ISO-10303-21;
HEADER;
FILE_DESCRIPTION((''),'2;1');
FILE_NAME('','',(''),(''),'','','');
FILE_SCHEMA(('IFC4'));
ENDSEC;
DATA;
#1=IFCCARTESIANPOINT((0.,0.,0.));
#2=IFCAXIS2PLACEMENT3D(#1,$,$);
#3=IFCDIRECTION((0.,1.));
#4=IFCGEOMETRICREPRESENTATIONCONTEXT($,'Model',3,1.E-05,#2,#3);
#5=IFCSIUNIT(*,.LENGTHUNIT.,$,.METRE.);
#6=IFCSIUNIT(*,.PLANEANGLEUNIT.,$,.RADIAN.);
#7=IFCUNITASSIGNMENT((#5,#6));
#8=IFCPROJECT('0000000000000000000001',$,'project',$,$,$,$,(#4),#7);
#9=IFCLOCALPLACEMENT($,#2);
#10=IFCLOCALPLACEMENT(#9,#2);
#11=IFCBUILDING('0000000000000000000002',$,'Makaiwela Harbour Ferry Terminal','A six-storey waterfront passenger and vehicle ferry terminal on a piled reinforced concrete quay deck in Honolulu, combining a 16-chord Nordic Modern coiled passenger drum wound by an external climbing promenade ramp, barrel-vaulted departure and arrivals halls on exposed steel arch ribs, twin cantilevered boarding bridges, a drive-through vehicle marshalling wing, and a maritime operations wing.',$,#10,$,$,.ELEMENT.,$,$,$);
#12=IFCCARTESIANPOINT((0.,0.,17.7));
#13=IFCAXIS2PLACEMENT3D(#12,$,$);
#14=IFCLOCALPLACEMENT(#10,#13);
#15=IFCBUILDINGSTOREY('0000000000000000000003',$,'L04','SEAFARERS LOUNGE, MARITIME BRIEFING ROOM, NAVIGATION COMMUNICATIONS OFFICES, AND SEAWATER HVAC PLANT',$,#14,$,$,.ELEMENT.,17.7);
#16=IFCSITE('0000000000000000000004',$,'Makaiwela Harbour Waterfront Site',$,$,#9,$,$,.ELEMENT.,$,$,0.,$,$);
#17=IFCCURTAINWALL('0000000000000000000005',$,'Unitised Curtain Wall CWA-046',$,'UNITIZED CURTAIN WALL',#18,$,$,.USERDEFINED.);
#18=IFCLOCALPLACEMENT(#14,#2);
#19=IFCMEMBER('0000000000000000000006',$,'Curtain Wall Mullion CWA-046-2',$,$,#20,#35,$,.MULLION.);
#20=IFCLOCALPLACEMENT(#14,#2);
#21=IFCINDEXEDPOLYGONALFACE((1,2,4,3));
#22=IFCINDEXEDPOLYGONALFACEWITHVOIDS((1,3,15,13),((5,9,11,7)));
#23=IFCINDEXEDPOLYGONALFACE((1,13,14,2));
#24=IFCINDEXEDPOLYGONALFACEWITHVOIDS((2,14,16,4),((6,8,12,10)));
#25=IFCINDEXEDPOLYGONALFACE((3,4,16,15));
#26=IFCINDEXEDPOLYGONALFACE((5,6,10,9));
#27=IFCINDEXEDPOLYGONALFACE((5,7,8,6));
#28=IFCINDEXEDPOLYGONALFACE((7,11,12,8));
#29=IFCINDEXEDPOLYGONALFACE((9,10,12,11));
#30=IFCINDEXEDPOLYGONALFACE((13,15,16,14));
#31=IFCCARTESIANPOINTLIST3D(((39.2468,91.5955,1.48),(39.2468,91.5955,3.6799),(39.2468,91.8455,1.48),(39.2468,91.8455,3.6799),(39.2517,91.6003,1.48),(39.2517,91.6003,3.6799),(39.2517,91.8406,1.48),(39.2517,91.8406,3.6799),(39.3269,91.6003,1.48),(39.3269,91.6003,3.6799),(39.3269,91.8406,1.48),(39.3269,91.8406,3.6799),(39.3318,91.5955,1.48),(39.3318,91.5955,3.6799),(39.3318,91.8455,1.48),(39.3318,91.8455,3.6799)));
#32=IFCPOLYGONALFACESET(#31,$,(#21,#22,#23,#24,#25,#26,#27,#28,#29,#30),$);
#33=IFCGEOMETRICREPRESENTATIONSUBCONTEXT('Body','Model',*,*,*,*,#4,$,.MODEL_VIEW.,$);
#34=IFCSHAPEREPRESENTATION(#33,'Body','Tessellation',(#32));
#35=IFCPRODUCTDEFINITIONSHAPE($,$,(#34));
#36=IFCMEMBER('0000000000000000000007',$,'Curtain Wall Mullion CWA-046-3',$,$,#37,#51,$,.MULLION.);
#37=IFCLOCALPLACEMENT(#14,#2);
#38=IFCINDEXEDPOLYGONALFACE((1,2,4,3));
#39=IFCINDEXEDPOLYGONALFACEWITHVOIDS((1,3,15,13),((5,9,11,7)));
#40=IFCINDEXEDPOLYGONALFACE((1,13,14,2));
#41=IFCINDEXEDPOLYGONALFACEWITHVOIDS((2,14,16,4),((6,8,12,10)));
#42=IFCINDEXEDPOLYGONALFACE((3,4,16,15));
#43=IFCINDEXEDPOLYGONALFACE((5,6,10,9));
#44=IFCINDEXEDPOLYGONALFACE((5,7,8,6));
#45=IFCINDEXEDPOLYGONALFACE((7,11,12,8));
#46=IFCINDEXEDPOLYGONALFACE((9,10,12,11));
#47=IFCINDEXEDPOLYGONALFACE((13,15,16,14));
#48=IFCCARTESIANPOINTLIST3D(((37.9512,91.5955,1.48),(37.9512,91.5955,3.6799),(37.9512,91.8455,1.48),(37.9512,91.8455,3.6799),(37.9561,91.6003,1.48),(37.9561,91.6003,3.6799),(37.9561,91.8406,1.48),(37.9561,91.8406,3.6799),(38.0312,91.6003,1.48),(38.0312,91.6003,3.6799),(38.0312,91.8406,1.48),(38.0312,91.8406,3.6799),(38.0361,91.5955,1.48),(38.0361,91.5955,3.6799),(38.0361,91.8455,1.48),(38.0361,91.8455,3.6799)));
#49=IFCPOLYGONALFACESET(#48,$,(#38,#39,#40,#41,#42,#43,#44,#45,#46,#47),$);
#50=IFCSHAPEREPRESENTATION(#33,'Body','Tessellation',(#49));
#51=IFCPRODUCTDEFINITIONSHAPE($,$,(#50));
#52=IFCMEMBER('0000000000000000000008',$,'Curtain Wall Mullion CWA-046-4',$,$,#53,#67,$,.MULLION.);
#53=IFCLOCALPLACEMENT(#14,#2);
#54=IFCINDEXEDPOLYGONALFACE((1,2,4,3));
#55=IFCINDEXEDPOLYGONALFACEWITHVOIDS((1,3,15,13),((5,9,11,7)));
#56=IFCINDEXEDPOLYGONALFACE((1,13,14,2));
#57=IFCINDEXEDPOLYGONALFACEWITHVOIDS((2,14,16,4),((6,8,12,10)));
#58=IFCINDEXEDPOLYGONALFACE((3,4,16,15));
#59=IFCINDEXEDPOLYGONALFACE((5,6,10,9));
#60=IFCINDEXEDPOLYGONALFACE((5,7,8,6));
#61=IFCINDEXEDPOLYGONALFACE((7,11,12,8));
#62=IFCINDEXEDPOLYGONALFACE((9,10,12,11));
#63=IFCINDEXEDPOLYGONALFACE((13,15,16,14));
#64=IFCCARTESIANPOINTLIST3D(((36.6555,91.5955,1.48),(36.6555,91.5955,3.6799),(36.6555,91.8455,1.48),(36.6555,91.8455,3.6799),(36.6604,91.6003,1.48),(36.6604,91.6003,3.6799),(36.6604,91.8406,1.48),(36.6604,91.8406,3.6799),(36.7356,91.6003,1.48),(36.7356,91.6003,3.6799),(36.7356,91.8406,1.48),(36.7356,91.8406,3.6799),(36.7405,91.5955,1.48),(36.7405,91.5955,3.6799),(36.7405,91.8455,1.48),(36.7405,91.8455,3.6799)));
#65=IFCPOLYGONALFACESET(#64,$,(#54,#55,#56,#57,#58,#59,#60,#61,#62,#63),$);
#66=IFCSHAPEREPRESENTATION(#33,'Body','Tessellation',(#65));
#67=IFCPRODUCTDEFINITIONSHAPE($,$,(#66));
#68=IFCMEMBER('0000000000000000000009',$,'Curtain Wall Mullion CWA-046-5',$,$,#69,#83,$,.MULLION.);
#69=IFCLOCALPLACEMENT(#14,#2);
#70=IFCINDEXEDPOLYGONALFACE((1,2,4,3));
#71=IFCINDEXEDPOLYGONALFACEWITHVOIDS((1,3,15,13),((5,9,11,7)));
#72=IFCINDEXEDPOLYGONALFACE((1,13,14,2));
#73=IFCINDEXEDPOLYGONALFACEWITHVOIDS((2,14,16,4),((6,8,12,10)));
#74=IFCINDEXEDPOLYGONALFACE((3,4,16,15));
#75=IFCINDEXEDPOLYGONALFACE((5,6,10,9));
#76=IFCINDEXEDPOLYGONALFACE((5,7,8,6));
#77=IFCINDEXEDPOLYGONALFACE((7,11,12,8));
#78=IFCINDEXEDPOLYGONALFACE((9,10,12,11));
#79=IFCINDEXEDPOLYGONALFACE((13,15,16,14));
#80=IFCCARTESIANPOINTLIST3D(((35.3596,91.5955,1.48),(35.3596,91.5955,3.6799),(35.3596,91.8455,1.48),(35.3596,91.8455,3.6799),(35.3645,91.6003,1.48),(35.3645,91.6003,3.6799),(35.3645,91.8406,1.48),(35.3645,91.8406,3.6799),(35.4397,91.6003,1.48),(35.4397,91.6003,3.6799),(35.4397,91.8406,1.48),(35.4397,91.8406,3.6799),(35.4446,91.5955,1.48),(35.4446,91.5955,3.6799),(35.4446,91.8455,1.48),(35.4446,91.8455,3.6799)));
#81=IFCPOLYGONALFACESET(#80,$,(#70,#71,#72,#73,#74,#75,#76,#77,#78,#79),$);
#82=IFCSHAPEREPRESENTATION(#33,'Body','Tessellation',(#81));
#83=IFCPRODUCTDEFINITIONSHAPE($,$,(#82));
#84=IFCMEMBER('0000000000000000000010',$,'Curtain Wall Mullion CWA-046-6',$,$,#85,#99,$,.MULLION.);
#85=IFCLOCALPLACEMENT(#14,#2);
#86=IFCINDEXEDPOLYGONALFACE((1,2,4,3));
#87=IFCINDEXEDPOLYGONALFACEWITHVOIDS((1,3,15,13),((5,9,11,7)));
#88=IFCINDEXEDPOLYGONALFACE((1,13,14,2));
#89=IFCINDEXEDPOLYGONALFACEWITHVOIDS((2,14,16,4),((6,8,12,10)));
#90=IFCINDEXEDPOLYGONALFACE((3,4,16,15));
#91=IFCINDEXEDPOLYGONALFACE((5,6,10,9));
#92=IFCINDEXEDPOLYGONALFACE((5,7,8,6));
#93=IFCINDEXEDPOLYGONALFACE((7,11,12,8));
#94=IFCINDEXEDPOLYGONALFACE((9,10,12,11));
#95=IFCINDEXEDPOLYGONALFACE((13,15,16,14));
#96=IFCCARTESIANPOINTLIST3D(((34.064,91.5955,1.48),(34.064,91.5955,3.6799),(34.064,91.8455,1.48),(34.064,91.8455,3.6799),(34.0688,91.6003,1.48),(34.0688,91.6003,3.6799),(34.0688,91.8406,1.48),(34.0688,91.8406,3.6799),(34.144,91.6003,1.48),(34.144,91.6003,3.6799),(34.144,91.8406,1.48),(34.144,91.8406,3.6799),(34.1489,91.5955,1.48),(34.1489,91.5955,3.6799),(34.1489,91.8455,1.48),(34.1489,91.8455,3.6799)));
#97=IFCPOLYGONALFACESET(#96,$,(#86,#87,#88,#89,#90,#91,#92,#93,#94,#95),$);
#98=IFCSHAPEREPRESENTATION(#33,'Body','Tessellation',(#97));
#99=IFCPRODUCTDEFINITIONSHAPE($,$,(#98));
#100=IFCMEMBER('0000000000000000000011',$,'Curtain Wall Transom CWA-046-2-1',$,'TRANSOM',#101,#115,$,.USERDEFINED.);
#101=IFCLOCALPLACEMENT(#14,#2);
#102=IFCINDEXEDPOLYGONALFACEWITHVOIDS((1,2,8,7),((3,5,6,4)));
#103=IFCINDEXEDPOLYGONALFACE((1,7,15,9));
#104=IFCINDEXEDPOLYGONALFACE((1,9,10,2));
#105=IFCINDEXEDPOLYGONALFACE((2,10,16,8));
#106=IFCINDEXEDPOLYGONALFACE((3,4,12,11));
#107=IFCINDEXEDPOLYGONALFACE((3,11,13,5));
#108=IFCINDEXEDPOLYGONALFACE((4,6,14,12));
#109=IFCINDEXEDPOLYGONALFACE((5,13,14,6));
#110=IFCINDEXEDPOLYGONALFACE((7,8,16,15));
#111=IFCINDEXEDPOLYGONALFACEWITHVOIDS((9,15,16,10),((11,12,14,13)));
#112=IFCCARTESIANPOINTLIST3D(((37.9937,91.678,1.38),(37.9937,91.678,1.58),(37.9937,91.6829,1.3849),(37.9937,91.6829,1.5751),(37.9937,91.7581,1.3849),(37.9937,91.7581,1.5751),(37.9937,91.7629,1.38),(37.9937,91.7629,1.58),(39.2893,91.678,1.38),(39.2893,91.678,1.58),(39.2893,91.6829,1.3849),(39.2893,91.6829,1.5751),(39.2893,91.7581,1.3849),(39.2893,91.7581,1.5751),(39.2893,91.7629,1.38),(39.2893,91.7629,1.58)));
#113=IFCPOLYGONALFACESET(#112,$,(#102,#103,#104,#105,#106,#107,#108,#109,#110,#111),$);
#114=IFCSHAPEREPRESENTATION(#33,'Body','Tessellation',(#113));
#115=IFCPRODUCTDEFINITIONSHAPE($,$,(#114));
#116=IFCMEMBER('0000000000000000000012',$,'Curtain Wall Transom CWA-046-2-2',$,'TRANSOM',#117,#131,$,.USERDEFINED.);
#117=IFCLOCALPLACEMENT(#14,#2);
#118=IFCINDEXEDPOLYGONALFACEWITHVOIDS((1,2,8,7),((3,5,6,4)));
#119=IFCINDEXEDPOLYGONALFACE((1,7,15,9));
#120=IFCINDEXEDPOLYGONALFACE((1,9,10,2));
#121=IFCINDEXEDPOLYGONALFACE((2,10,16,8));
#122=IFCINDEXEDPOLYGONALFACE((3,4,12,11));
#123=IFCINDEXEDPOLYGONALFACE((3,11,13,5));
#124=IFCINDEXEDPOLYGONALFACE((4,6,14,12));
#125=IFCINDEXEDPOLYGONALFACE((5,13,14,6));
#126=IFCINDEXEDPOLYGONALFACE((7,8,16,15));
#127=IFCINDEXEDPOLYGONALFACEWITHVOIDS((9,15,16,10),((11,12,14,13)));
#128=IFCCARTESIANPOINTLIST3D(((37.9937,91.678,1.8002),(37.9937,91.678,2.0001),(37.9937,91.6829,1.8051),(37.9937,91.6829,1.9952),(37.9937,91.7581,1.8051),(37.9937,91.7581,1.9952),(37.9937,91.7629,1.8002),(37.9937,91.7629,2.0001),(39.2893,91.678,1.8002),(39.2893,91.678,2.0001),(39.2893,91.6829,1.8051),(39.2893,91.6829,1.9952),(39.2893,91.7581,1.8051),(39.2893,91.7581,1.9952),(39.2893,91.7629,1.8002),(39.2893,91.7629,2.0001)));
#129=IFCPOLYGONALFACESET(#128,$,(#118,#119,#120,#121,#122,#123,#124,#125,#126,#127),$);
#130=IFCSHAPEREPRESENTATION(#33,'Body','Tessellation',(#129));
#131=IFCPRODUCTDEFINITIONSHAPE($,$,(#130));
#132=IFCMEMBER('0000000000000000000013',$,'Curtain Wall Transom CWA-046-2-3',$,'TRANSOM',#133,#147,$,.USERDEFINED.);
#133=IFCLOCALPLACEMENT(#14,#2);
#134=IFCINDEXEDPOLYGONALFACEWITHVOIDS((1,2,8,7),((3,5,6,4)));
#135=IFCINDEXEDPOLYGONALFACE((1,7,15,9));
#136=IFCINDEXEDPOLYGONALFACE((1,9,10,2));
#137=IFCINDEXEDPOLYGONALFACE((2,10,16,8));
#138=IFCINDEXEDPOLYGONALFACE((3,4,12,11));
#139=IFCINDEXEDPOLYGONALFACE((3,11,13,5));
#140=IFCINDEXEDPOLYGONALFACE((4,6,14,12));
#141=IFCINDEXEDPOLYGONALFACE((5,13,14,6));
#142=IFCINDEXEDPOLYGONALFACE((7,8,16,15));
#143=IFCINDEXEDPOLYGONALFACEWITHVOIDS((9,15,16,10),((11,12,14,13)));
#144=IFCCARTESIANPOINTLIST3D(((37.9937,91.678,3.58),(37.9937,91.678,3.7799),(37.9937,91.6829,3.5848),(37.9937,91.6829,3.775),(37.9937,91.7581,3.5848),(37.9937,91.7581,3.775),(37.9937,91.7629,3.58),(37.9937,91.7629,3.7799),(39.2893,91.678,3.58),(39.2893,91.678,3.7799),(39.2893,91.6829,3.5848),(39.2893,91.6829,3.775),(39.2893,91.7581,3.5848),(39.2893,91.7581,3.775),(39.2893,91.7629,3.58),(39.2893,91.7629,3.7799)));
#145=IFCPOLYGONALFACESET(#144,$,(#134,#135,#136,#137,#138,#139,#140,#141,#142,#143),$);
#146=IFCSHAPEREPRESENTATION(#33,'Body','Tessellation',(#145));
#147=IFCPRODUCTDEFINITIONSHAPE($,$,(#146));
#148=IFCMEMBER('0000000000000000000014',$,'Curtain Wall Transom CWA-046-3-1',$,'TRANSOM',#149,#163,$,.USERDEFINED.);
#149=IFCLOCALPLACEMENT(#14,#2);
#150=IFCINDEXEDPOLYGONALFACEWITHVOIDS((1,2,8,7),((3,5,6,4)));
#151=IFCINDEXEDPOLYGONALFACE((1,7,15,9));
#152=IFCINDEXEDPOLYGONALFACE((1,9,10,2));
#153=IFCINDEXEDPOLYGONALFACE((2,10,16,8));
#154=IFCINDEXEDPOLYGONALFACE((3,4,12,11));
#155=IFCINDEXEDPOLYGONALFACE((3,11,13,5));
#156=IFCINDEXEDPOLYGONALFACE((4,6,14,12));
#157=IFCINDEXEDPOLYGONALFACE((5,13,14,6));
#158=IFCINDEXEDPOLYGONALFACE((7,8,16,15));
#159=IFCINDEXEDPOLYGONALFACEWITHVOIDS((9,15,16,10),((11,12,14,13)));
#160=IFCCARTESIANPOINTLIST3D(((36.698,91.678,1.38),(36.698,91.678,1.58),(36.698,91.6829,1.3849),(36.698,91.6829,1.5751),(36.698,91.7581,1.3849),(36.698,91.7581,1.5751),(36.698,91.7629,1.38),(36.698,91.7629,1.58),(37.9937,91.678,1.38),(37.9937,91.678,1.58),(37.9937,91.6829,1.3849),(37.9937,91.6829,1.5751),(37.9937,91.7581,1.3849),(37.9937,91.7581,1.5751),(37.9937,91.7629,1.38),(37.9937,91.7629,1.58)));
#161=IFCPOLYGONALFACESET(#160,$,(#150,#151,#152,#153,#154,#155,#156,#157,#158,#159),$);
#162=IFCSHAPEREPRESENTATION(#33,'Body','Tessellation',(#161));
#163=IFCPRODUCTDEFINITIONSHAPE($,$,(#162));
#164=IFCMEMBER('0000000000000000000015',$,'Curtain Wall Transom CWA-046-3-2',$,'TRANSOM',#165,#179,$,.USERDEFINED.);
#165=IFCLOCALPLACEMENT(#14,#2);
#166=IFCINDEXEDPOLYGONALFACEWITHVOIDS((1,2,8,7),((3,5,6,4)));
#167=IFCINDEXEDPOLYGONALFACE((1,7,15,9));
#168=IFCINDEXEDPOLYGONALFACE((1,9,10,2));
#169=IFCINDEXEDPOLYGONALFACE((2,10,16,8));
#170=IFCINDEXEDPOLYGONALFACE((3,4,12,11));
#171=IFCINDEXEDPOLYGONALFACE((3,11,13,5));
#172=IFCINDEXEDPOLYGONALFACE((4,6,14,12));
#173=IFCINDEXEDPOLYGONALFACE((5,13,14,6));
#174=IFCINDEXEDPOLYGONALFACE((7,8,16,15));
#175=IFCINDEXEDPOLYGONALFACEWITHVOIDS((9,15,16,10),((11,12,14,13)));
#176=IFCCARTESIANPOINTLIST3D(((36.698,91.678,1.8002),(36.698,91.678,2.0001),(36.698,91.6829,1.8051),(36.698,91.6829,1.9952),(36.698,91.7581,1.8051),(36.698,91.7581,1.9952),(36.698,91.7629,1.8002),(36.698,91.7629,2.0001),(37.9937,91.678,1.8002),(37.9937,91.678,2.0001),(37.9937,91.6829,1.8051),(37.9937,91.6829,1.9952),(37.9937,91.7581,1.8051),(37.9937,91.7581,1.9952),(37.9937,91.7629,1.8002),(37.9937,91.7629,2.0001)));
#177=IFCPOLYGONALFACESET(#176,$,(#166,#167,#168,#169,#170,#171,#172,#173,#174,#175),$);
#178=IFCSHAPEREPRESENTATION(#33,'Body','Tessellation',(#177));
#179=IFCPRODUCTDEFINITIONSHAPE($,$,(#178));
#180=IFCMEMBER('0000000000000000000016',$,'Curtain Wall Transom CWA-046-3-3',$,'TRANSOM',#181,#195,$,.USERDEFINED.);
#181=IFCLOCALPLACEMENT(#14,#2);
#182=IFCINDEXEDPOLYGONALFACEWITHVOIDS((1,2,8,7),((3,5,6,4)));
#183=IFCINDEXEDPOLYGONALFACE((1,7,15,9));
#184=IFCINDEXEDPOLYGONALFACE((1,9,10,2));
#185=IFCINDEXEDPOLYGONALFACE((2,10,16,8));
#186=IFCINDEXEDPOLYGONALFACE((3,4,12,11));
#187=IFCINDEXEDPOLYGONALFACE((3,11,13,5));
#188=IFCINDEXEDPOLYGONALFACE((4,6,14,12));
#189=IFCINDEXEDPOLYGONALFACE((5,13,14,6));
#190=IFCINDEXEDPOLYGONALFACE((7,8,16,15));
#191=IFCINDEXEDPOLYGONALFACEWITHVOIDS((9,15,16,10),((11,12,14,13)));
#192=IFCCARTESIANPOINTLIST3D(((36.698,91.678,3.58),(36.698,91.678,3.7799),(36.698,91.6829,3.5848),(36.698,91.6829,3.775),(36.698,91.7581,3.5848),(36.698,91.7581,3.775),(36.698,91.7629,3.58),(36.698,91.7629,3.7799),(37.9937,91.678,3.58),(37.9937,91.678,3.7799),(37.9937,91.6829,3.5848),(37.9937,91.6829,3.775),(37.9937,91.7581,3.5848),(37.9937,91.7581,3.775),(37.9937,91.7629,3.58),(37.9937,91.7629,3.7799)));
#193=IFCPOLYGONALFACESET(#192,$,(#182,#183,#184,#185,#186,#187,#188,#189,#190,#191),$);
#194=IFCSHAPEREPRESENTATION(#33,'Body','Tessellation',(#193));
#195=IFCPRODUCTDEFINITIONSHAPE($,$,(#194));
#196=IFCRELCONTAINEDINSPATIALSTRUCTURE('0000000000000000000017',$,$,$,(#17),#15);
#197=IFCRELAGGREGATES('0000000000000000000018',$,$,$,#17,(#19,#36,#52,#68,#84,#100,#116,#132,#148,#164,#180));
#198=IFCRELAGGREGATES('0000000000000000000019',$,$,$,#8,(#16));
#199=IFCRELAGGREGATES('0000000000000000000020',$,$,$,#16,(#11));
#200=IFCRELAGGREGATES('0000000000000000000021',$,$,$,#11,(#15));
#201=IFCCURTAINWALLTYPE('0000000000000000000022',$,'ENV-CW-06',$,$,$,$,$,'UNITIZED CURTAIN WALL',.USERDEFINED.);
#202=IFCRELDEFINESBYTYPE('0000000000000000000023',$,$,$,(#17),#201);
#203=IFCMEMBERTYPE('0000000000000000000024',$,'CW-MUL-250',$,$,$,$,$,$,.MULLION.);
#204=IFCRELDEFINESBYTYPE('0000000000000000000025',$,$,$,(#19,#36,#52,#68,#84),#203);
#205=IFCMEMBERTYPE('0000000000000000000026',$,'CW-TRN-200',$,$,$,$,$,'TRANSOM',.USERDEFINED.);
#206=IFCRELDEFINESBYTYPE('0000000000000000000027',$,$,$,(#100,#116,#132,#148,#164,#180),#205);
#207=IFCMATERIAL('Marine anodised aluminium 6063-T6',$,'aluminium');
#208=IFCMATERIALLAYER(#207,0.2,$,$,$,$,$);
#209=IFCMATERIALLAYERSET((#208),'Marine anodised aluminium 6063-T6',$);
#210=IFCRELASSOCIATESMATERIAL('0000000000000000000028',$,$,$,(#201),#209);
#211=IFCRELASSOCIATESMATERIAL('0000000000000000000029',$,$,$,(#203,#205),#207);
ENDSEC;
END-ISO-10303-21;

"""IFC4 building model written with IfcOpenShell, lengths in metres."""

from ifc_helpers import new_model, si_unit, direction, frame, origin, origin_2d, place, context, subcontext, project, spatial, hollow_rectangle, extrude, material, layer, layer_set, material_profile, profile_set, type_object, element, aggregate, save


model = new_model("IFC4")

# Units and contexts
model_context = context("Model", 3, precision=1e-05, world=origin(), true_north=direction((0.0, 1.0)))
body_context = subcontext(model_context, "Body", "Model", "MODEL_VIEW")
ifc_project = project(units=[si_unit("LENGTHUNIT", "METRE"), si_unit("PLANEANGLEUNIT", "RADIAN")], contexts=[model_context])

# Site, building, storey
site_placement = place(None, origin())
site = spatial("IfcSite", under=ifc_project, at=site_placement, Name="Makaiwela Harbour Waterfront Site", CompositionType="ELEMENT", RefElevation=0.0)
building_placement = place(site_placement, origin())
building = spatial("IfcBuilding", under=site, at=building_placement, Name="Makaiwela Harbour Ferry Terminal", Description="A six-storey waterfront passenger and vehicle ferry terminal on a piled reinforced concrete quay deck in Honolulu, combining a 16-chord Nordic Modern coiled passenger drum wound by an external climbing promenade ramp, barrel-vaulted departure and arrivals halls on exposed steel arch ribs, twin cantilevered boarding bridges, a drive-through vehicle marshalling wing, and a maritime operations wing.", CompositionType="ELEMENT")
storey_placement = place(building_placement, frame((0.0, 0.0, 17.7)))
storey = spatial("IfcBuildingStorey", under=building, at=storey_placement, Name="L04", Description="SEAFARERS LOUNGE, MARITIME BRIEFING ROOM, NAVIGATION COMMUNICATIONS OFFICES, AND SEAWATER HVAC PLANT", CompositionType="ELEMENT", Elevation=17.7)

# Curtain wall, members
ifc_material_1 = material(Name="Marine anodised aluminium 6063-T6", Category="aluminium")
ifc_layer_1 = layer(ifc_material_1, 0.2)
ifc_layer_set_1 = layer_set([ifc_layer_1], Name="Marine anodised aluminium 6063-T6")
curtain_wall_type = type_object("IfcCurtainWallType", Name="ENV-CW-06", ElementType="UNITIZED CURTAIN WALL", PredefinedType="USERDEFINED", material=ifc_layer_set_1)
curtain_wall_placement = place(storey_placement, origin())
curtain_wall = element("IfcCurtainWall", 1, at=curtain_wall_placement, inside=storey, type_object=curtain_wall_type, Name="Unitised Curtain Wall CWA-046", ObjectType="UNITIZED CURTAIN WALL", PredefinedType="USERDEFINED")
ifc_material_profile_1 = material_profile(ifc_material_1, hollow_rectangle(XDim=0.085, YDim=0.25, WallThickness=0.0049, at=origin_2d()), Name="CWM-250X85")
ifc_profile_set_1 = profile_set([ifc_material_profile_1], Name="Marine anodised aluminium 6063-T6")
member_type_1 = type_object("IfcMemberType", Name="CW-MUL-250", PredefinedType="MULLION", material=ifc_profile_set_1)
member_1_placement = place(storey_placement, frame((39.2893, 91.7205, 1.48), z_axis=(0.0, 0.0, 1.0), x_axis=(1.0, 0.0, 0.0)))
member_1 = element("IfcMember", 2, at=member_1_placement, type_object=member_type_1, Name="Curtain Wall Mullion CWA-046-2", PredefinedType="MULLION", context=body_context, shape_type="SweptSolid", body=[
    extrude(hollow_rectangle(XDim=0.085, YDim=0.25, WallThickness=0.0049, at=origin_2d()), origin(), (0.0, 0.0, 1.0), 2.2),
])
member_2_placement = place(storey_placement, frame((37.9937, 91.7205, 1.48), z_axis=(0.0, 0.0, 1.0), x_axis=(1.0, 0.0, 0.0)))
member_2 = element("IfcMember", 3, at=member_2_placement, type_object=member_type_1, Name="Curtain Wall Mullion CWA-046-3", PredefinedType="MULLION", context=body_context, shape_type="SweptSolid", body=[
    extrude(hollow_rectangle(XDim=0.085, YDim=0.25, WallThickness=0.0049, at=origin_2d()), origin(), (0.0, 0.0, 1.0), 2.2),
])
member_3_placement = place(storey_placement, frame((36.698, 91.7205, 1.48), z_axis=(0.0, 0.0, 1.0), x_axis=(1.0, 0.0, 0.0)))
member_3 = element("IfcMember", 4, at=member_3_placement, type_object=member_type_1, Name="Curtain Wall Mullion CWA-046-4", PredefinedType="MULLION", context=body_context, shape_type="SweptSolid", body=[
    extrude(hollow_rectangle(XDim=0.085, YDim=0.25, WallThickness=0.0049, at=origin_2d()), origin(), (0.0, 0.0, 1.0), 2.2),
])
member_4_placement = place(storey_placement, frame((35.4021, 91.7205, 1.48), z_axis=(0.0, 0.0, 1.0), x_axis=(1.0, 0.0, 0.0)))
member_4 = element("IfcMember", 5, at=member_4_placement, type_object=member_type_1, Name="Curtain Wall Mullion CWA-046-5", PredefinedType="MULLION", context=body_context, shape_type="SweptSolid", body=[
    extrude(hollow_rectangle(XDim=0.085, YDim=0.25, WallThickness=0.0049, at=origin_2d()), origin(), (0.0, 0.0, 1.0), 2.2),
])
member_5_placement = place(storey_placement, frame((34.1064, 91.7205, 1.48), z_axis=(0.0, 0.0, 1.0), x_axis=(1.0, 0.0, 0.0)))
member_5 = element("IfcMember", 6, at=member_5_placement, type_object=member_type_1, Name="Curtain Wall Mullion CWA-046-6", PredefinedType="MULLION", context=body_context, shape_type="SweptSolid", body=[
    extrude(hollow_rectangle(XDim=0.085, YDim=0.25, WallThickness=0.0049, at=origin_2d()), origin(), (0.0, 0.0, 1.0), 2.2),
])
ifc_material_profile_2 = material_profile(ifc_material_1, hollow_rectangle(XDim=0.085, YDim=0.2, WallThickness=0.0049, at=origin_2d()), Name="CWT-200X85")
ifc_profile_set_2 = profile_set([ifc_material_profile_2], Name="Marine anodised aluminium 6063-T6")
member_type_2 = type_object("IfcMemberType", Name="CW-TRN-200", ElementType="TRANSOM", PredefinedType="USERDEFINED", material=ifc_profile_set_2)
member_6_placement = place(storey_placement, frame((39.2893, 91.7205, 1.48), z_axis=(-1.0, 0.0, 0.0), x_axis=(0.0, -1.0, 0.0)))
member_6 = element("IfcMember", 7, at=member_6_placement, type_object=member_type_2, Name="Curtain Wall Transom CWA-046-2-1", ObjectType="TRANSOM", PredefinedType="USERDEFINED", context=body_context, shape_type="SweptSolid", body=[
    extrude(hollow_rectangle(XDim=0.085, YDim=0.2, WallThickness=0.0049, at=origin_2d()), origin(), (0.0, 0.0, 1.0), 1.2957),
])
member_7_placement = place(storey_placement, frame((39.2893, 91.7205, 1.9001), z_axis=(-1.0, 0.0, 0.0), x_axis=(0.0, -1.0, 0.0)))
member_7 = element("IfcMember", 8, at=member_7_placement, type_object=member_type_2, Name="Curtain Wall Transom CWA-046-2-2", ObjectType="TRANSOM", PredefinedType="USERDEFINED", context=body_context, shape_type="SweptSolid", body=[
    extrude(hollow_rectangle(XDim=0.085, YDim=0.2, WallThickness=0.0049, at=origin_2d()), origin(), (0.0, 0.0, 1.0), 1.2957),
])
member_8_placement = place(storey_placement, frame((39.2893, 91.7205, 3.6799), z_axis=(-1.0, 0.0, 0.0), x_axis=(0.0, -1.0, 0.0)))
member_8 = element("IfcMember", 9, at=member_8_placement, type_object=member_type_2, Name="Curtain Wall Transom CWA-046-2-3", ObjectType="TRANSOM", PredefinedType="USERDEFINED", context=body_context, shape_type="SweptSolid", body=[
    extrude(hollow_rectangle(XDim=0.085, YDim=0.2, WallThickness=0.0049, at=origin_2d()), origin(), (0.0, 0.0, 1.0), 1.2957),
])
member_9_placement = place(storey_placement, frame((37.9937, 91.7205, 1.48), z_axis=(-1.0, 0.0, 0.0), x_axis=(0.0, -1.0, 0.0)))
member_9 = element("IfcMember", 10, at=member_9_placement, type_object=member_type_2, Name="Curtain Wall Transom CWA-046-3-1", ObjectType="TRANSOM", PredefinedType="USERDEFINED", context=body_context, shape_type="SweptSolid", body=[
    extrude(hollow_rectangle(XDim=0.085, YDim=0.2, WallThickness=0.0049, at=origin_2d()), origin(), (0.0, 0.0, 1.0), 1.2957),
])
member_10_placement = place(storey_placement, frame((37.9937, 91.7205, 1.9001), z_axis=(-1.0, 0.0, 0.0), x_axis=(0.0, -1.0, 0.0)))
member_10 = element("IfcMember", 11, at=member_10_placement, type_object=member_type_2, Name="Curtain Wall Transom CWA-046-3-2", ObjectType="TRANSOM", PredefinedType="USERDEFINED", context=body_context, shape_type="SweptSolid", body=[
    extrude(hollow_rectangle(XDim=0.085, YDim=0.2, WallThickness=0.0049, at=origin_2d()), origin(), (0.0, 0.0, 1.0), 1.2957),
])
member_11_placement = place(storey_placement, frame((37.9937, 91.7205, 3.6799), z_axis=(-1.0, 0.0, 0.0), x_axis=(0.0, -1.0, 0.0)))
member_11 = element("IfcMember", 12, at=member_11_placement, type_object=member_type_2, Name="Curtain Wall Transom CWA-046-3-3", ObjectType="TRANSOM", PredefinedType="USERDEFINED", context=body_context, shape_type="SweptSolid", body=[
    extrude(hollow_rectangle(XDim=0.085, YDim=0.2, WallThickness=0.0049, at=origin_2d()), origin(), (0.0, 0.0, 1.0), 1.2957),
])
aggregate(curtain_wall, [member_1, member_2, member_3, member_4, member_5, member_6, member_7, member_8, member_9, member_10, member_11])

save(model, "model.ifc")
